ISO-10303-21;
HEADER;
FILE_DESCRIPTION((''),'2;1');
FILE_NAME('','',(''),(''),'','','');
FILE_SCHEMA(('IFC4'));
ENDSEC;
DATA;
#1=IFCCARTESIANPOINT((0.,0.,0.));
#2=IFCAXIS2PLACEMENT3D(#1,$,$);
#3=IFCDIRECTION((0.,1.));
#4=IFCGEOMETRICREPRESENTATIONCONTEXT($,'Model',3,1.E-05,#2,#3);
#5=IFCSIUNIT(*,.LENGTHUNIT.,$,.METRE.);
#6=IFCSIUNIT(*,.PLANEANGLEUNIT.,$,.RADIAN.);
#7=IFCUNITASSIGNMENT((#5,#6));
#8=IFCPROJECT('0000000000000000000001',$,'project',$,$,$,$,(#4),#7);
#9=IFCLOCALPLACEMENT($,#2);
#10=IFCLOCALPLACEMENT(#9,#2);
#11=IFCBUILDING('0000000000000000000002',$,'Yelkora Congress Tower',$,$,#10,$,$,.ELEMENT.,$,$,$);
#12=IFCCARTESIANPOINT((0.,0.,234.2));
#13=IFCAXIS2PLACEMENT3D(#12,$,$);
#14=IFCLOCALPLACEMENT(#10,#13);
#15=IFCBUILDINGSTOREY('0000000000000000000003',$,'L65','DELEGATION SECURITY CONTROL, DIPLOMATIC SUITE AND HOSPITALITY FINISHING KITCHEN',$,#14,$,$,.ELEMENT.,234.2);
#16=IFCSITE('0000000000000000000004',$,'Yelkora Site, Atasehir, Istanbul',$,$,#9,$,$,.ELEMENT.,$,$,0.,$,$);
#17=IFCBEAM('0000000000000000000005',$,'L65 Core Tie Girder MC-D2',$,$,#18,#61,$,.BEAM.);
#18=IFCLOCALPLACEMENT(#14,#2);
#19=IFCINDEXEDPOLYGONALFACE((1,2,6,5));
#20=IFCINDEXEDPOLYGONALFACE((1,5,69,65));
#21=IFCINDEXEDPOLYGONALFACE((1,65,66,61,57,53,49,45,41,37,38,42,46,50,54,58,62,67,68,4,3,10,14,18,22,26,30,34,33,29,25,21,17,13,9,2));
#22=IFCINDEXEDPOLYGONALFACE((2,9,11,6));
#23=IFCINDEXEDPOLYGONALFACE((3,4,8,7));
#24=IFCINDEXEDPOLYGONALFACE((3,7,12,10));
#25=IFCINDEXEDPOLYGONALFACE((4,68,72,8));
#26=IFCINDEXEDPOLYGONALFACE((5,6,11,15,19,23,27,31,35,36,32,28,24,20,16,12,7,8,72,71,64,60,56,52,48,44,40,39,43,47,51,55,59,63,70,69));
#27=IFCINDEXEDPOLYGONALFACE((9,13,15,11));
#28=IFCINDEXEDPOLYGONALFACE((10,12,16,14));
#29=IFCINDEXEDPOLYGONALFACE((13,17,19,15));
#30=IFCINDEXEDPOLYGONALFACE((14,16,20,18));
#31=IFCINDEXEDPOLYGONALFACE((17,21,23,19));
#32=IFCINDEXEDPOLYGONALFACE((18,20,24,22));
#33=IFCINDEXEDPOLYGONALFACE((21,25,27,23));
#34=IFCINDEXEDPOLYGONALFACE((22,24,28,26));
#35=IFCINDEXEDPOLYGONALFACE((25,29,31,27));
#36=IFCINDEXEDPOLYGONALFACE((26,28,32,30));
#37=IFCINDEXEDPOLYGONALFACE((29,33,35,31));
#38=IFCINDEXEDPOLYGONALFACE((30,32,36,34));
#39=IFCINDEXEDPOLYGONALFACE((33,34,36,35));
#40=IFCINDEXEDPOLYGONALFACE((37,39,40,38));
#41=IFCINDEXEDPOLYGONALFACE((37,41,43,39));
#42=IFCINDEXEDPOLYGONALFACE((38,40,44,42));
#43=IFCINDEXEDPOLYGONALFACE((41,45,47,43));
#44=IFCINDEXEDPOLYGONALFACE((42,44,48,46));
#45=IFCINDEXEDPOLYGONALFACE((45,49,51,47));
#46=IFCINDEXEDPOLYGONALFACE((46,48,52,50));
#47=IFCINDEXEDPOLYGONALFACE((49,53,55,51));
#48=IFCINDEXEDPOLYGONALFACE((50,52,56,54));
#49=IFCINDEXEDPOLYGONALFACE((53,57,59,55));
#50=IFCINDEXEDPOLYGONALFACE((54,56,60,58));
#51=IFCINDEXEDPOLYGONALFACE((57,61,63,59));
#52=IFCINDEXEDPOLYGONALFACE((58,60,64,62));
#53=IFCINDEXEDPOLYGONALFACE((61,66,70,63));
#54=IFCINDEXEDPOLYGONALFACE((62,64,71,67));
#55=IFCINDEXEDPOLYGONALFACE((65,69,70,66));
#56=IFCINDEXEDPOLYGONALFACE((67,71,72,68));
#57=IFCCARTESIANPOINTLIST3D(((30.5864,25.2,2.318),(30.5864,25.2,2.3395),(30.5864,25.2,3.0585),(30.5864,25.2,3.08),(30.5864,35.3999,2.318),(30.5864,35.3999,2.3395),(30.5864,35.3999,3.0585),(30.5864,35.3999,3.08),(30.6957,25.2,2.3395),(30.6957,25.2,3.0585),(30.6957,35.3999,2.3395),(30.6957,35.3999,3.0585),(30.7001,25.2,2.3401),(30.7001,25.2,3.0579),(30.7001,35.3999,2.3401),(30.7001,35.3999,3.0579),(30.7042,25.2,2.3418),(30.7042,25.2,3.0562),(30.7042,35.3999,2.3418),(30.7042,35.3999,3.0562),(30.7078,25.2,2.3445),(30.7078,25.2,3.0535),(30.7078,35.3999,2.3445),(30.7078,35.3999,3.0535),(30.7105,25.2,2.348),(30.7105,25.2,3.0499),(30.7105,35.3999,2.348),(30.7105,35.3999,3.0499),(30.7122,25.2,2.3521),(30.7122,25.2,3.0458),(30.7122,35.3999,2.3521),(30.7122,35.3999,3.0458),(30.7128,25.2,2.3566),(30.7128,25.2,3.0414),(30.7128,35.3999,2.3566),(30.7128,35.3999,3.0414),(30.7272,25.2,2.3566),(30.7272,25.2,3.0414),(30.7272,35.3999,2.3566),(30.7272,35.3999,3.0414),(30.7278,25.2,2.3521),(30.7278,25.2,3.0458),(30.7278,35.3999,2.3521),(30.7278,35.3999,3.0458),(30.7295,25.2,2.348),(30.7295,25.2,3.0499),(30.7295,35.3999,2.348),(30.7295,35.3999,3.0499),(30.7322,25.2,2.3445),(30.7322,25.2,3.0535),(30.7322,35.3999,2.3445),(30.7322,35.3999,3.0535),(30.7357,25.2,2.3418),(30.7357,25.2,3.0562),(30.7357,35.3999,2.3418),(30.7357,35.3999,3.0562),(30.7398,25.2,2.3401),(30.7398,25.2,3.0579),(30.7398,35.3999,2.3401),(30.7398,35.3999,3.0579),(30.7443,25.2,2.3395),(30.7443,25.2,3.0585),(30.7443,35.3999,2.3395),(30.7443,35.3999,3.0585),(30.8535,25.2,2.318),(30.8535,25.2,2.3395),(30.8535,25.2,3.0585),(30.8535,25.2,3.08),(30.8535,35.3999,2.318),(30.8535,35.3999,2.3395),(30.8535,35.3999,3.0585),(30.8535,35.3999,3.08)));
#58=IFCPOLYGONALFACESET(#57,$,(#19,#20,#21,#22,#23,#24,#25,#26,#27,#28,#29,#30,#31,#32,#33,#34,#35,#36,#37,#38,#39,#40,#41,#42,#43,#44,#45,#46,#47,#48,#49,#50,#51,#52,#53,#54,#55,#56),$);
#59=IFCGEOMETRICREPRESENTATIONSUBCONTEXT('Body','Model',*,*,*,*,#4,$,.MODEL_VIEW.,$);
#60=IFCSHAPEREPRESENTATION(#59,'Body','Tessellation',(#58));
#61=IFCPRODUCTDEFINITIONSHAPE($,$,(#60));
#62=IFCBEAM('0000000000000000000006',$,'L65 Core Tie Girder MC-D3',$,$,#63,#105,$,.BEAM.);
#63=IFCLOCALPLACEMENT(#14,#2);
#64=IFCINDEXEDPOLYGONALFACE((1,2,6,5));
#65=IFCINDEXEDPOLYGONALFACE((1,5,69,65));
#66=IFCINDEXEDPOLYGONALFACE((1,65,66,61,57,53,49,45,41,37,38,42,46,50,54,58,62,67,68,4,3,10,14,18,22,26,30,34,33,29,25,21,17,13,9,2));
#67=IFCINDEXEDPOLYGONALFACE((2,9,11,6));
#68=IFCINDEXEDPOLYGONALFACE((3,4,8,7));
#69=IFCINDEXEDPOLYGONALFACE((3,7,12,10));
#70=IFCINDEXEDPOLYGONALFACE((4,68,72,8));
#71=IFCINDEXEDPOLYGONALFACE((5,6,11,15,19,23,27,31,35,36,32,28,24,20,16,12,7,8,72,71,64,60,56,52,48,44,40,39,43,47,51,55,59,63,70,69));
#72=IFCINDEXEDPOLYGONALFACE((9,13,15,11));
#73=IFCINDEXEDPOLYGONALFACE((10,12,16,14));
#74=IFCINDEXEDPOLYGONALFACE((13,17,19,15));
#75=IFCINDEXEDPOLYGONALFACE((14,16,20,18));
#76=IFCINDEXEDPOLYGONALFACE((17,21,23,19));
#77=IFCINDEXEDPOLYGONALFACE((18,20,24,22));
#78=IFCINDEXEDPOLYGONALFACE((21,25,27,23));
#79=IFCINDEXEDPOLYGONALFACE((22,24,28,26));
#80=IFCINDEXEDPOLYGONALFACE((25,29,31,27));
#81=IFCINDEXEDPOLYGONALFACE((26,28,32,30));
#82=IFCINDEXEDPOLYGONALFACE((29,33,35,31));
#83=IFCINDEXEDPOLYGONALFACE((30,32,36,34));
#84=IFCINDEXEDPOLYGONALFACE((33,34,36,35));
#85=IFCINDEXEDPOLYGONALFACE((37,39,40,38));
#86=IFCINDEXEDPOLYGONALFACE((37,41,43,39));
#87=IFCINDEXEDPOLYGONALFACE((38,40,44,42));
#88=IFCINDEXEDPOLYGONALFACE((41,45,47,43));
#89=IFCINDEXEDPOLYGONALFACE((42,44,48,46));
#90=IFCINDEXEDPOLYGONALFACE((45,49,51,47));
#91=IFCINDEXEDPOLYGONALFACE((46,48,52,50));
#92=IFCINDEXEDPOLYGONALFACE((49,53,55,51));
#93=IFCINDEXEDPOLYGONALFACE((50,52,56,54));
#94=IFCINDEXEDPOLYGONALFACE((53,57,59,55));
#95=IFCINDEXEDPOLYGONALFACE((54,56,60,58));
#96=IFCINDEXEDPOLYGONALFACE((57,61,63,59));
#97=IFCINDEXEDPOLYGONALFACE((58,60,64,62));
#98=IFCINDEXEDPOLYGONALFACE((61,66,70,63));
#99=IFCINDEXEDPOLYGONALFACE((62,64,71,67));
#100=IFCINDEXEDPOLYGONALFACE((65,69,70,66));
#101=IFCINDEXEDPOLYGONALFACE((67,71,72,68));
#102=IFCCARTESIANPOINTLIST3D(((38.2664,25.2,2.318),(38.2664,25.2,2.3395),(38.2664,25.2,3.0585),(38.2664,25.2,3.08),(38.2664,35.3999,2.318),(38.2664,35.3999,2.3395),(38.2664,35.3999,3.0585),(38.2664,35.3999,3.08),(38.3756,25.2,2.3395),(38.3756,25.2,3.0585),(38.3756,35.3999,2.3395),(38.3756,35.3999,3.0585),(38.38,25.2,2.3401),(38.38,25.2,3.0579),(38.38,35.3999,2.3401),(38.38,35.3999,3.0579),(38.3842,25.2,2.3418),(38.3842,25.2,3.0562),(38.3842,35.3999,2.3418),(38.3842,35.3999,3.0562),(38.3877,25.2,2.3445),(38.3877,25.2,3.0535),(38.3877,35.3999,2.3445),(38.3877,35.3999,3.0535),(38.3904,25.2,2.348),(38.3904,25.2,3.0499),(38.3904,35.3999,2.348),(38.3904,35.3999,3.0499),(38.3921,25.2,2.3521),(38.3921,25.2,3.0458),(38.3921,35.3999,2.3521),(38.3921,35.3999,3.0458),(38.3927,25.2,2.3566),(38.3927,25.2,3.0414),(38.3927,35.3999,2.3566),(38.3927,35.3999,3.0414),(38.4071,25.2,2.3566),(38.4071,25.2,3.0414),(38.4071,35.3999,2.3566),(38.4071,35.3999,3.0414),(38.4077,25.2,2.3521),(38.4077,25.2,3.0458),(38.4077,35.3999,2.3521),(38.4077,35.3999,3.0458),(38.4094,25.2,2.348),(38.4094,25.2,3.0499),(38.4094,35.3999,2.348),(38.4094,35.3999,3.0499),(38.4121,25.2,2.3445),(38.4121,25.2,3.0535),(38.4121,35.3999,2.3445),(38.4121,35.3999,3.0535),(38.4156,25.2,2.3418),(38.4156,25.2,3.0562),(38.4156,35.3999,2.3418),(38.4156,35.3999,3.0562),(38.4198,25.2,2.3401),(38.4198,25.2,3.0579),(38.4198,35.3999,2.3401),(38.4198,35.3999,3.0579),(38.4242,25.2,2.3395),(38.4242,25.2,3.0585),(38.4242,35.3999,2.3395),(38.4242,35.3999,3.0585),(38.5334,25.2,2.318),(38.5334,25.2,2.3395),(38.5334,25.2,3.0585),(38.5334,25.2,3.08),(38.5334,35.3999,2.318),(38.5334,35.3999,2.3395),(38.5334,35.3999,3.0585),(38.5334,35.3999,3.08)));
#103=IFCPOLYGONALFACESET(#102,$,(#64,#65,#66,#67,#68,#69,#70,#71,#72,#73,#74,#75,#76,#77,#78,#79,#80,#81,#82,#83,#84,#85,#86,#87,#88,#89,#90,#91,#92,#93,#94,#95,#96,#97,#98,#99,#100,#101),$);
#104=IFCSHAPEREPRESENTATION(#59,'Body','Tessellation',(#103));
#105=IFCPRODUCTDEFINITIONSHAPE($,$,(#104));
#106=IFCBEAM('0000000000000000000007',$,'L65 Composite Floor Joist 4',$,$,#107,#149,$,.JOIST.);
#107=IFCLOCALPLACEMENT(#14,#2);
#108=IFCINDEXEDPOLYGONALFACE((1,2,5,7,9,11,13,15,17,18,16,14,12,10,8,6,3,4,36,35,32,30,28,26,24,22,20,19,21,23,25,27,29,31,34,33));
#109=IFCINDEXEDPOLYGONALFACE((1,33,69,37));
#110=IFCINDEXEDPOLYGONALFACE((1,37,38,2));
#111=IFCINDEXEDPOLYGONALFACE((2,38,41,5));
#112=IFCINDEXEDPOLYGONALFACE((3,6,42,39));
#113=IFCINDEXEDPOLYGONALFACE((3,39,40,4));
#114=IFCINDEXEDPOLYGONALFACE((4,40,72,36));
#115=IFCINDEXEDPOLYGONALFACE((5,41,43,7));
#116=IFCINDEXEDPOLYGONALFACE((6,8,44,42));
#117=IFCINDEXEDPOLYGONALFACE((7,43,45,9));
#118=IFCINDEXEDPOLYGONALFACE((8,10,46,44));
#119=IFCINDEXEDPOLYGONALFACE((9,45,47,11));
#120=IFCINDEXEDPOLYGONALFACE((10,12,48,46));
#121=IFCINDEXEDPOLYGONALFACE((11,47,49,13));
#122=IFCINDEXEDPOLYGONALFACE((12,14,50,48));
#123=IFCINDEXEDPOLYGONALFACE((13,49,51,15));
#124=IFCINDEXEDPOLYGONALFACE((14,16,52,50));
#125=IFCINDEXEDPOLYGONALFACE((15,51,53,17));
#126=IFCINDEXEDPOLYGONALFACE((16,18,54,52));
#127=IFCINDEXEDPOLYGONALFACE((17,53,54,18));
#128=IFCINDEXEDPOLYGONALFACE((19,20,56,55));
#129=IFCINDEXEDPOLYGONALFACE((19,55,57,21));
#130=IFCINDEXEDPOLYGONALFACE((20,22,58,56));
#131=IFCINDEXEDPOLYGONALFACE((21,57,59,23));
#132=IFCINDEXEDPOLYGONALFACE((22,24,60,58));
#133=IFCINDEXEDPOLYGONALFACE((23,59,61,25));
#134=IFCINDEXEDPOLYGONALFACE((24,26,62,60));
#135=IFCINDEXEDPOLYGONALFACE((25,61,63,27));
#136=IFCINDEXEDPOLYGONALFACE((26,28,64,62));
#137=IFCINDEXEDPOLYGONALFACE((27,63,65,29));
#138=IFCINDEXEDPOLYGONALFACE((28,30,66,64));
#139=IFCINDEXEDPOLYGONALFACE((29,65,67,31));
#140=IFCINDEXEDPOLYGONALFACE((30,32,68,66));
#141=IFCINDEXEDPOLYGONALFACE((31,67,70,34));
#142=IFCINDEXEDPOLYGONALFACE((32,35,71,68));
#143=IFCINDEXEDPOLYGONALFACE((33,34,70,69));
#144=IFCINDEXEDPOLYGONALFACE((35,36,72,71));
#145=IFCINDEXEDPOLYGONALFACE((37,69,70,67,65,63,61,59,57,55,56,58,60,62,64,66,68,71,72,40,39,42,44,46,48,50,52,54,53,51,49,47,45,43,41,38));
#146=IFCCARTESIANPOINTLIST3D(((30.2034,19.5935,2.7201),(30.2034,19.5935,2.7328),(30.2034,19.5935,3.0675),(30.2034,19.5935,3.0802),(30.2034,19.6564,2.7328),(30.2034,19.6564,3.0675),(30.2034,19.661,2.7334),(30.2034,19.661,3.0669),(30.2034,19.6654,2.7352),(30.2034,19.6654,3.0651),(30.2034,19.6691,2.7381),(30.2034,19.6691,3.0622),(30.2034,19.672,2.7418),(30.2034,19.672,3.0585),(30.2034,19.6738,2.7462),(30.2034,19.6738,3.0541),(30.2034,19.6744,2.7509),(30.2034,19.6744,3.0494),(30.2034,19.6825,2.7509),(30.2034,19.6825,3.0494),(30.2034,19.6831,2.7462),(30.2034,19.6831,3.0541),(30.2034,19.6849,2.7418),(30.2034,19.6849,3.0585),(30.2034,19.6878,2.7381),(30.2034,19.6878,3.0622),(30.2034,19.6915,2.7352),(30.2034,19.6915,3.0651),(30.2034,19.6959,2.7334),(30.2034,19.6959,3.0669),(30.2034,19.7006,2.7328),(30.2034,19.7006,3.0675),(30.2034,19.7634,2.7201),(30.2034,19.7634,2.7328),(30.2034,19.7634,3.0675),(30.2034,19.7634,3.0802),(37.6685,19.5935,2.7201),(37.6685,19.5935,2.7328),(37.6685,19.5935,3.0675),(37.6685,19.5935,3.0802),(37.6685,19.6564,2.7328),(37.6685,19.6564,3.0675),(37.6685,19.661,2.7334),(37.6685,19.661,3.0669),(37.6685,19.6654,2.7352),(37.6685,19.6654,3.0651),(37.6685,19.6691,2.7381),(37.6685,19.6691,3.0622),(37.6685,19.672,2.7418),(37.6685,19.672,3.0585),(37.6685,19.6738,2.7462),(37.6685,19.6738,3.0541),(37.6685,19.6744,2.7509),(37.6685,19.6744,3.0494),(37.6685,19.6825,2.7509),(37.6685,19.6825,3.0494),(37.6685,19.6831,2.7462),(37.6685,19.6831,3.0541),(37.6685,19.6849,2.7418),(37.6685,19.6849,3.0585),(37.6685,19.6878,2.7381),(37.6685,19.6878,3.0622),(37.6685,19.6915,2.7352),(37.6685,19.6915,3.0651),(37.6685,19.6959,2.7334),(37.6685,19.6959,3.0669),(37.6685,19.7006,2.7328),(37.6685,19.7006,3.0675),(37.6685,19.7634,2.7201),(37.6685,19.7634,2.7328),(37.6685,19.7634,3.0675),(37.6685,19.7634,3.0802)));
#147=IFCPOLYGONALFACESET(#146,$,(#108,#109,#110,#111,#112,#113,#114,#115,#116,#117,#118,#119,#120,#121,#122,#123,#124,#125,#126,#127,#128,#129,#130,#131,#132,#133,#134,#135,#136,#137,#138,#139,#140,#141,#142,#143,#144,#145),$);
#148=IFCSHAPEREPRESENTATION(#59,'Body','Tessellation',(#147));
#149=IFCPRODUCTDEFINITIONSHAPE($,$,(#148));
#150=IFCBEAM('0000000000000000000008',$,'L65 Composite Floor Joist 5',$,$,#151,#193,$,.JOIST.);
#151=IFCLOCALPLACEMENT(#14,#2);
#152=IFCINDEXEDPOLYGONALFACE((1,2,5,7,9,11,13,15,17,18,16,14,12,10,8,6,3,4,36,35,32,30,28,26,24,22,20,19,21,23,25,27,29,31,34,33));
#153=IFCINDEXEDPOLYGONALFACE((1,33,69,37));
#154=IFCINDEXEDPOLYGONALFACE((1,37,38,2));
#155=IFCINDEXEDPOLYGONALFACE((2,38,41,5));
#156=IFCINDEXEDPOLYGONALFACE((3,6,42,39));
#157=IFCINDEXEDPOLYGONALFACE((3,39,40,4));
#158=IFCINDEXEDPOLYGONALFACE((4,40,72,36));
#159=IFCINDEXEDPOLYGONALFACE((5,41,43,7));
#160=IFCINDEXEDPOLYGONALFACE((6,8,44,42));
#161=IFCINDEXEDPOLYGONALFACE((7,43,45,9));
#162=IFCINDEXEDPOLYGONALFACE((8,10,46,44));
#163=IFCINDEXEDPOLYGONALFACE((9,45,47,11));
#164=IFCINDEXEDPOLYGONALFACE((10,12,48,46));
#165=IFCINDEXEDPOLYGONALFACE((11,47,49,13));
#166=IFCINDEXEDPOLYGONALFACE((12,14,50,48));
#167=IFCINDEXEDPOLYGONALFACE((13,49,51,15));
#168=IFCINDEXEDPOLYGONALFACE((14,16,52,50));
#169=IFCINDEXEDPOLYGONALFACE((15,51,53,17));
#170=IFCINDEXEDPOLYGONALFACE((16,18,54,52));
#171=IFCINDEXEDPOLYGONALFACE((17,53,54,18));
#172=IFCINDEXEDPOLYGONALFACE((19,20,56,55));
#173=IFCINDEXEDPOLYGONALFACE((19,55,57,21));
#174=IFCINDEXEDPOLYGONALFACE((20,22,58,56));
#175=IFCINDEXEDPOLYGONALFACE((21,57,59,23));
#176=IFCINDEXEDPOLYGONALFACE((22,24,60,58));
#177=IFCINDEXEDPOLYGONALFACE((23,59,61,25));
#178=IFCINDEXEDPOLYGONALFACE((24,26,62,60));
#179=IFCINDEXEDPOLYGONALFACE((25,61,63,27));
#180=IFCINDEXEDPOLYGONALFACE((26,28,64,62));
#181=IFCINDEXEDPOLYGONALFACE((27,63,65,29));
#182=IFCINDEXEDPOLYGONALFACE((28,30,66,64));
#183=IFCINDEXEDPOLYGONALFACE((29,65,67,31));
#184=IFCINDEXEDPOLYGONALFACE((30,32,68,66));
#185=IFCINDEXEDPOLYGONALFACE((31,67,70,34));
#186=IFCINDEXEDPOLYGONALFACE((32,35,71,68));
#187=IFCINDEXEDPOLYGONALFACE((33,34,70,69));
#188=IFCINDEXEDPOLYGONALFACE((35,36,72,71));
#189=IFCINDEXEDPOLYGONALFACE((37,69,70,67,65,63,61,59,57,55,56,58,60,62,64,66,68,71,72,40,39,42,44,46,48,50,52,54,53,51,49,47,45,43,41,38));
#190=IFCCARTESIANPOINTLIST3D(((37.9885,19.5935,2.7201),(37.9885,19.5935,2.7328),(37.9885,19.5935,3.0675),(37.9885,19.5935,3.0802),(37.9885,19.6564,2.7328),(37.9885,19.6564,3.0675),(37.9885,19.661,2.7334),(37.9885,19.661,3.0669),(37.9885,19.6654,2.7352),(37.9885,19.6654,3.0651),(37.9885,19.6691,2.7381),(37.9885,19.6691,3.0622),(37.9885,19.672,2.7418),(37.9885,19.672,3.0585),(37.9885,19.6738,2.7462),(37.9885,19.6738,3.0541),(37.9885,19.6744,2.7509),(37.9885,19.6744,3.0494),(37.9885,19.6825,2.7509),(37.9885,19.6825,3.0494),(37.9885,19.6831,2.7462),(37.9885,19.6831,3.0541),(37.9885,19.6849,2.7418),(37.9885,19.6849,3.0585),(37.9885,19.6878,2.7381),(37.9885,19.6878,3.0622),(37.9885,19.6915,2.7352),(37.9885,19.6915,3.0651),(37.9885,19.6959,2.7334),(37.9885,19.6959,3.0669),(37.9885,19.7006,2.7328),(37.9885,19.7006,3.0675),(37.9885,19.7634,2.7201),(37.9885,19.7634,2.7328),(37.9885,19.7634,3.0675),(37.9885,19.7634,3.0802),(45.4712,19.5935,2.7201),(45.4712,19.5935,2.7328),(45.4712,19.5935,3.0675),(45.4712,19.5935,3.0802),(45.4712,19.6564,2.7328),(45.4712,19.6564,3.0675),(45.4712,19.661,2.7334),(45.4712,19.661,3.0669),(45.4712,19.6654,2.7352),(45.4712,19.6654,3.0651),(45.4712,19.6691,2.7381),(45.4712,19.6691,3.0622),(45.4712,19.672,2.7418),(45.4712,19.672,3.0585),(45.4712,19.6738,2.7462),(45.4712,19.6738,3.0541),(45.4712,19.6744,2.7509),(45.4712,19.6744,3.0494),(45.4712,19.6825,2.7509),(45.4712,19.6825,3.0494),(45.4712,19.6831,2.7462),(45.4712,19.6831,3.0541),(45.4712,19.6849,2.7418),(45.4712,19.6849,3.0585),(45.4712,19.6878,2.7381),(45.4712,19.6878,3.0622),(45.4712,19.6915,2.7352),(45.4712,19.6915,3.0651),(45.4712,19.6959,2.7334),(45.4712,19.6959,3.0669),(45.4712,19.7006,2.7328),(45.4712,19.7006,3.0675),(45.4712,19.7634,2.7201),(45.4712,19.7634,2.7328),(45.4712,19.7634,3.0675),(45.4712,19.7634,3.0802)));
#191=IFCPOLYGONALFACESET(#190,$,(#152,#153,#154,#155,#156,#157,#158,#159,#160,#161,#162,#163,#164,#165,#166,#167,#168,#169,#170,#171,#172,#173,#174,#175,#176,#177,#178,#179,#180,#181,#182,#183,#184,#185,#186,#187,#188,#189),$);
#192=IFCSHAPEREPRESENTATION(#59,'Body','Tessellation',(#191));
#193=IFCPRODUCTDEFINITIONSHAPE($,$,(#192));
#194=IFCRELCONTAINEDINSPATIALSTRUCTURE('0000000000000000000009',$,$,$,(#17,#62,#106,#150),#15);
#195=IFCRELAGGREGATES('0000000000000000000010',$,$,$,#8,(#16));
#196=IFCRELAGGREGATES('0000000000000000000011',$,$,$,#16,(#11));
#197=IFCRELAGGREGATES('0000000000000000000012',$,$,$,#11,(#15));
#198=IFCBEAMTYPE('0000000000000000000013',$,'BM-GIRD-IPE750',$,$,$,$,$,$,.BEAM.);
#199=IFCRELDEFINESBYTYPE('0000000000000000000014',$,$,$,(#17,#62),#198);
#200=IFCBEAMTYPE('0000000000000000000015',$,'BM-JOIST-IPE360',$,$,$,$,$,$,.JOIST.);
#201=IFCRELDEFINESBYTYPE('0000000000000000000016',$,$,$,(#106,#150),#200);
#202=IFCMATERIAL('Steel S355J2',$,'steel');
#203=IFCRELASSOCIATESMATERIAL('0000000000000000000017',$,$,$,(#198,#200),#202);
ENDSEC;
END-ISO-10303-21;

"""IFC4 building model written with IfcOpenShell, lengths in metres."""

from ifc_helpers import new_model, si_unit, direction, frame, origin, origin_2d, place, context, subcontext, project, spatial, i_section, extrude, material, material_profile, profile_set, type_object, element, save


model = new_model("IFC4")

# Units and contexts
model_context = context("Model", 3, precision=1e-05, world=origin(), true_north=direction((0.0, 1.0)))
body_context = subcontext(model_context, "Body", "Model", "MODEL_VIEW")
ifc_project = project(units=[si_unit("LENGTHUNIT", "METRE"), si_unit("PLANEANGLEUNIT", "RADIAN")], contexts=[model_context])

# Site, building, storey
site_placement = place(None, origin())
site = spatial("IfcSite", under=ifc_project, at=site_placement, Name="Yelkora Site, Atasehir, Istanbul", CompositionType="ELEMENT", RefElevation=0.0)
building_placement = place(site_placement, origin())
building = spatial("IfcBuilding", under=site, at=building_placement, Name="Yelkora Congress Tower", CompositionType="ELEMENT")
storey_placement = place(building_placement, frame((0.0, 0.0, 234.2)))
storey = spatial("IfcBuildingStorey", under=building, at=storey_placement, Name="L65", Description="DELEGATION SECURITY CONTROL, DIPLOMATIC SUITE AND HOSPITALITY FINISHING KITCHEN", CompositionType="ELEMENT", Elevation=234.2)

# Beams
ifc_material_1 = material(Name="Steel S355J2", Category="steel")
ifc_material_profile_1 = material_profile(ifc_material_1, i_section(OverallWidth=0.2671, OverallDepth=0.762, WebThickness=0.0144, FlangeThickness=0.0215, FilletRadius=0.0171, at=origin_2d()), Name="IPE 750x173")
ifc_profile_set_1 = profile_set([ifc_material_profile_1], Name="Steel S355J2")
beam_type_1 = type_object("IfcBeamType", Name="BM-GIRD-IPE750", PredefinedType="BEAM", material=ifc_profile_set_1)
for number, where, z_axis, x_axis, name in (
    (1, (30.72, 25.2, 2.699), (0.0, 1.0, 0.0), (-1.0, 0.0, 0.0), "L65 Core Tie Girder MC-D2"),
    (2, (38.3999, 25.2, 2.699), (0.0, 1.0, 0.0), (-1.0, 0.0, 0.0), "L65 Core Tie Girder MC-D3"),
):
    element("IfcBeam", number, at=place(storey_placement, frame(where, z_axis=z_axis, x_axis=x_axis)), inside=storey, type_object=beam_type_1, Name=name, PredefinedType="BEAM", context=body_context, shape_type="SweptSolid", body=[
        extrude(i_section(OverallWidth=0.2671, OverallDepth=0.762, WebThickness=0.0144, FlangeThickness=0.0215, FilletRadius=0.0171, at=origin_2d()), origin(), (0.0, 0.0, 1.0), 10.2),
    ])
ifc_material_profile_2 = material_profile(ifc_material_1, i_section(OverallWidth=0.1699, OverallDepth=0.3601, WebThickness=0.0081, FlangeThickness=0.0127, FilletRadius=0.0181, at=origin_2d()), Name="IPE 360")
ifc_profile_set_2 = profile_set([ifc_material_profile_2], Name="Steel S355J2")
beam_type_2 = type_object("IfcBeamType", Name="BM-JOIST-IPE360", PredefinedType="JOIST", material=ifc_profile_set_2)
beam_1_placement = place(storey_placement, frame((30.2034, 19.6785, 2.9001), z_axis=(1.0, 0.0, 0.0), x_axis=(0.0, 1.0, 0.0)))
element("IfcBeam", 3, at=beam_1_placement, inside=storey, type_object=beam_type_2, Name="L65 Composite Floor Joist 4", PredefinedType="JOIST", context=body_context, shape_type="SweptSolid", body=[
    extrude(i_section(OverallWidth=0.1699, OverallDepth=0.3601, WebThickness=0.0081, FlangeThickness=0.0127, FilletRadius=0.0181, at=origin_2d()), origin(), (0.0, 0.0, 1.0), 7.4651),
])
beam_2_placement = place(storey_placement, frame((37.9885, 19.6785, 2.9001), z_axis=(1.0, 0.0, 0.0), x_axis=(0.0, 1.0, 0.0)))
element("IfcBeam", 4, at=beam_2_placement, inside=storey, type_object=beam_type_2, Name="L65 Composite Floor Joist 5", PredefinedType="JOIST", context=body_context, shape_type="SweptSolid", body=[
    extrude(i_section(OverallWidth=0.1699, OverallDepth=0.3601, WebThickness=0.0081, FlangeThickness=0.0127, FilletRadius=0.0181, at=origin_2d()), origin(), (0.0, 0.0, 1.0), 7.4827),
])

save(model, "model.ifc")
